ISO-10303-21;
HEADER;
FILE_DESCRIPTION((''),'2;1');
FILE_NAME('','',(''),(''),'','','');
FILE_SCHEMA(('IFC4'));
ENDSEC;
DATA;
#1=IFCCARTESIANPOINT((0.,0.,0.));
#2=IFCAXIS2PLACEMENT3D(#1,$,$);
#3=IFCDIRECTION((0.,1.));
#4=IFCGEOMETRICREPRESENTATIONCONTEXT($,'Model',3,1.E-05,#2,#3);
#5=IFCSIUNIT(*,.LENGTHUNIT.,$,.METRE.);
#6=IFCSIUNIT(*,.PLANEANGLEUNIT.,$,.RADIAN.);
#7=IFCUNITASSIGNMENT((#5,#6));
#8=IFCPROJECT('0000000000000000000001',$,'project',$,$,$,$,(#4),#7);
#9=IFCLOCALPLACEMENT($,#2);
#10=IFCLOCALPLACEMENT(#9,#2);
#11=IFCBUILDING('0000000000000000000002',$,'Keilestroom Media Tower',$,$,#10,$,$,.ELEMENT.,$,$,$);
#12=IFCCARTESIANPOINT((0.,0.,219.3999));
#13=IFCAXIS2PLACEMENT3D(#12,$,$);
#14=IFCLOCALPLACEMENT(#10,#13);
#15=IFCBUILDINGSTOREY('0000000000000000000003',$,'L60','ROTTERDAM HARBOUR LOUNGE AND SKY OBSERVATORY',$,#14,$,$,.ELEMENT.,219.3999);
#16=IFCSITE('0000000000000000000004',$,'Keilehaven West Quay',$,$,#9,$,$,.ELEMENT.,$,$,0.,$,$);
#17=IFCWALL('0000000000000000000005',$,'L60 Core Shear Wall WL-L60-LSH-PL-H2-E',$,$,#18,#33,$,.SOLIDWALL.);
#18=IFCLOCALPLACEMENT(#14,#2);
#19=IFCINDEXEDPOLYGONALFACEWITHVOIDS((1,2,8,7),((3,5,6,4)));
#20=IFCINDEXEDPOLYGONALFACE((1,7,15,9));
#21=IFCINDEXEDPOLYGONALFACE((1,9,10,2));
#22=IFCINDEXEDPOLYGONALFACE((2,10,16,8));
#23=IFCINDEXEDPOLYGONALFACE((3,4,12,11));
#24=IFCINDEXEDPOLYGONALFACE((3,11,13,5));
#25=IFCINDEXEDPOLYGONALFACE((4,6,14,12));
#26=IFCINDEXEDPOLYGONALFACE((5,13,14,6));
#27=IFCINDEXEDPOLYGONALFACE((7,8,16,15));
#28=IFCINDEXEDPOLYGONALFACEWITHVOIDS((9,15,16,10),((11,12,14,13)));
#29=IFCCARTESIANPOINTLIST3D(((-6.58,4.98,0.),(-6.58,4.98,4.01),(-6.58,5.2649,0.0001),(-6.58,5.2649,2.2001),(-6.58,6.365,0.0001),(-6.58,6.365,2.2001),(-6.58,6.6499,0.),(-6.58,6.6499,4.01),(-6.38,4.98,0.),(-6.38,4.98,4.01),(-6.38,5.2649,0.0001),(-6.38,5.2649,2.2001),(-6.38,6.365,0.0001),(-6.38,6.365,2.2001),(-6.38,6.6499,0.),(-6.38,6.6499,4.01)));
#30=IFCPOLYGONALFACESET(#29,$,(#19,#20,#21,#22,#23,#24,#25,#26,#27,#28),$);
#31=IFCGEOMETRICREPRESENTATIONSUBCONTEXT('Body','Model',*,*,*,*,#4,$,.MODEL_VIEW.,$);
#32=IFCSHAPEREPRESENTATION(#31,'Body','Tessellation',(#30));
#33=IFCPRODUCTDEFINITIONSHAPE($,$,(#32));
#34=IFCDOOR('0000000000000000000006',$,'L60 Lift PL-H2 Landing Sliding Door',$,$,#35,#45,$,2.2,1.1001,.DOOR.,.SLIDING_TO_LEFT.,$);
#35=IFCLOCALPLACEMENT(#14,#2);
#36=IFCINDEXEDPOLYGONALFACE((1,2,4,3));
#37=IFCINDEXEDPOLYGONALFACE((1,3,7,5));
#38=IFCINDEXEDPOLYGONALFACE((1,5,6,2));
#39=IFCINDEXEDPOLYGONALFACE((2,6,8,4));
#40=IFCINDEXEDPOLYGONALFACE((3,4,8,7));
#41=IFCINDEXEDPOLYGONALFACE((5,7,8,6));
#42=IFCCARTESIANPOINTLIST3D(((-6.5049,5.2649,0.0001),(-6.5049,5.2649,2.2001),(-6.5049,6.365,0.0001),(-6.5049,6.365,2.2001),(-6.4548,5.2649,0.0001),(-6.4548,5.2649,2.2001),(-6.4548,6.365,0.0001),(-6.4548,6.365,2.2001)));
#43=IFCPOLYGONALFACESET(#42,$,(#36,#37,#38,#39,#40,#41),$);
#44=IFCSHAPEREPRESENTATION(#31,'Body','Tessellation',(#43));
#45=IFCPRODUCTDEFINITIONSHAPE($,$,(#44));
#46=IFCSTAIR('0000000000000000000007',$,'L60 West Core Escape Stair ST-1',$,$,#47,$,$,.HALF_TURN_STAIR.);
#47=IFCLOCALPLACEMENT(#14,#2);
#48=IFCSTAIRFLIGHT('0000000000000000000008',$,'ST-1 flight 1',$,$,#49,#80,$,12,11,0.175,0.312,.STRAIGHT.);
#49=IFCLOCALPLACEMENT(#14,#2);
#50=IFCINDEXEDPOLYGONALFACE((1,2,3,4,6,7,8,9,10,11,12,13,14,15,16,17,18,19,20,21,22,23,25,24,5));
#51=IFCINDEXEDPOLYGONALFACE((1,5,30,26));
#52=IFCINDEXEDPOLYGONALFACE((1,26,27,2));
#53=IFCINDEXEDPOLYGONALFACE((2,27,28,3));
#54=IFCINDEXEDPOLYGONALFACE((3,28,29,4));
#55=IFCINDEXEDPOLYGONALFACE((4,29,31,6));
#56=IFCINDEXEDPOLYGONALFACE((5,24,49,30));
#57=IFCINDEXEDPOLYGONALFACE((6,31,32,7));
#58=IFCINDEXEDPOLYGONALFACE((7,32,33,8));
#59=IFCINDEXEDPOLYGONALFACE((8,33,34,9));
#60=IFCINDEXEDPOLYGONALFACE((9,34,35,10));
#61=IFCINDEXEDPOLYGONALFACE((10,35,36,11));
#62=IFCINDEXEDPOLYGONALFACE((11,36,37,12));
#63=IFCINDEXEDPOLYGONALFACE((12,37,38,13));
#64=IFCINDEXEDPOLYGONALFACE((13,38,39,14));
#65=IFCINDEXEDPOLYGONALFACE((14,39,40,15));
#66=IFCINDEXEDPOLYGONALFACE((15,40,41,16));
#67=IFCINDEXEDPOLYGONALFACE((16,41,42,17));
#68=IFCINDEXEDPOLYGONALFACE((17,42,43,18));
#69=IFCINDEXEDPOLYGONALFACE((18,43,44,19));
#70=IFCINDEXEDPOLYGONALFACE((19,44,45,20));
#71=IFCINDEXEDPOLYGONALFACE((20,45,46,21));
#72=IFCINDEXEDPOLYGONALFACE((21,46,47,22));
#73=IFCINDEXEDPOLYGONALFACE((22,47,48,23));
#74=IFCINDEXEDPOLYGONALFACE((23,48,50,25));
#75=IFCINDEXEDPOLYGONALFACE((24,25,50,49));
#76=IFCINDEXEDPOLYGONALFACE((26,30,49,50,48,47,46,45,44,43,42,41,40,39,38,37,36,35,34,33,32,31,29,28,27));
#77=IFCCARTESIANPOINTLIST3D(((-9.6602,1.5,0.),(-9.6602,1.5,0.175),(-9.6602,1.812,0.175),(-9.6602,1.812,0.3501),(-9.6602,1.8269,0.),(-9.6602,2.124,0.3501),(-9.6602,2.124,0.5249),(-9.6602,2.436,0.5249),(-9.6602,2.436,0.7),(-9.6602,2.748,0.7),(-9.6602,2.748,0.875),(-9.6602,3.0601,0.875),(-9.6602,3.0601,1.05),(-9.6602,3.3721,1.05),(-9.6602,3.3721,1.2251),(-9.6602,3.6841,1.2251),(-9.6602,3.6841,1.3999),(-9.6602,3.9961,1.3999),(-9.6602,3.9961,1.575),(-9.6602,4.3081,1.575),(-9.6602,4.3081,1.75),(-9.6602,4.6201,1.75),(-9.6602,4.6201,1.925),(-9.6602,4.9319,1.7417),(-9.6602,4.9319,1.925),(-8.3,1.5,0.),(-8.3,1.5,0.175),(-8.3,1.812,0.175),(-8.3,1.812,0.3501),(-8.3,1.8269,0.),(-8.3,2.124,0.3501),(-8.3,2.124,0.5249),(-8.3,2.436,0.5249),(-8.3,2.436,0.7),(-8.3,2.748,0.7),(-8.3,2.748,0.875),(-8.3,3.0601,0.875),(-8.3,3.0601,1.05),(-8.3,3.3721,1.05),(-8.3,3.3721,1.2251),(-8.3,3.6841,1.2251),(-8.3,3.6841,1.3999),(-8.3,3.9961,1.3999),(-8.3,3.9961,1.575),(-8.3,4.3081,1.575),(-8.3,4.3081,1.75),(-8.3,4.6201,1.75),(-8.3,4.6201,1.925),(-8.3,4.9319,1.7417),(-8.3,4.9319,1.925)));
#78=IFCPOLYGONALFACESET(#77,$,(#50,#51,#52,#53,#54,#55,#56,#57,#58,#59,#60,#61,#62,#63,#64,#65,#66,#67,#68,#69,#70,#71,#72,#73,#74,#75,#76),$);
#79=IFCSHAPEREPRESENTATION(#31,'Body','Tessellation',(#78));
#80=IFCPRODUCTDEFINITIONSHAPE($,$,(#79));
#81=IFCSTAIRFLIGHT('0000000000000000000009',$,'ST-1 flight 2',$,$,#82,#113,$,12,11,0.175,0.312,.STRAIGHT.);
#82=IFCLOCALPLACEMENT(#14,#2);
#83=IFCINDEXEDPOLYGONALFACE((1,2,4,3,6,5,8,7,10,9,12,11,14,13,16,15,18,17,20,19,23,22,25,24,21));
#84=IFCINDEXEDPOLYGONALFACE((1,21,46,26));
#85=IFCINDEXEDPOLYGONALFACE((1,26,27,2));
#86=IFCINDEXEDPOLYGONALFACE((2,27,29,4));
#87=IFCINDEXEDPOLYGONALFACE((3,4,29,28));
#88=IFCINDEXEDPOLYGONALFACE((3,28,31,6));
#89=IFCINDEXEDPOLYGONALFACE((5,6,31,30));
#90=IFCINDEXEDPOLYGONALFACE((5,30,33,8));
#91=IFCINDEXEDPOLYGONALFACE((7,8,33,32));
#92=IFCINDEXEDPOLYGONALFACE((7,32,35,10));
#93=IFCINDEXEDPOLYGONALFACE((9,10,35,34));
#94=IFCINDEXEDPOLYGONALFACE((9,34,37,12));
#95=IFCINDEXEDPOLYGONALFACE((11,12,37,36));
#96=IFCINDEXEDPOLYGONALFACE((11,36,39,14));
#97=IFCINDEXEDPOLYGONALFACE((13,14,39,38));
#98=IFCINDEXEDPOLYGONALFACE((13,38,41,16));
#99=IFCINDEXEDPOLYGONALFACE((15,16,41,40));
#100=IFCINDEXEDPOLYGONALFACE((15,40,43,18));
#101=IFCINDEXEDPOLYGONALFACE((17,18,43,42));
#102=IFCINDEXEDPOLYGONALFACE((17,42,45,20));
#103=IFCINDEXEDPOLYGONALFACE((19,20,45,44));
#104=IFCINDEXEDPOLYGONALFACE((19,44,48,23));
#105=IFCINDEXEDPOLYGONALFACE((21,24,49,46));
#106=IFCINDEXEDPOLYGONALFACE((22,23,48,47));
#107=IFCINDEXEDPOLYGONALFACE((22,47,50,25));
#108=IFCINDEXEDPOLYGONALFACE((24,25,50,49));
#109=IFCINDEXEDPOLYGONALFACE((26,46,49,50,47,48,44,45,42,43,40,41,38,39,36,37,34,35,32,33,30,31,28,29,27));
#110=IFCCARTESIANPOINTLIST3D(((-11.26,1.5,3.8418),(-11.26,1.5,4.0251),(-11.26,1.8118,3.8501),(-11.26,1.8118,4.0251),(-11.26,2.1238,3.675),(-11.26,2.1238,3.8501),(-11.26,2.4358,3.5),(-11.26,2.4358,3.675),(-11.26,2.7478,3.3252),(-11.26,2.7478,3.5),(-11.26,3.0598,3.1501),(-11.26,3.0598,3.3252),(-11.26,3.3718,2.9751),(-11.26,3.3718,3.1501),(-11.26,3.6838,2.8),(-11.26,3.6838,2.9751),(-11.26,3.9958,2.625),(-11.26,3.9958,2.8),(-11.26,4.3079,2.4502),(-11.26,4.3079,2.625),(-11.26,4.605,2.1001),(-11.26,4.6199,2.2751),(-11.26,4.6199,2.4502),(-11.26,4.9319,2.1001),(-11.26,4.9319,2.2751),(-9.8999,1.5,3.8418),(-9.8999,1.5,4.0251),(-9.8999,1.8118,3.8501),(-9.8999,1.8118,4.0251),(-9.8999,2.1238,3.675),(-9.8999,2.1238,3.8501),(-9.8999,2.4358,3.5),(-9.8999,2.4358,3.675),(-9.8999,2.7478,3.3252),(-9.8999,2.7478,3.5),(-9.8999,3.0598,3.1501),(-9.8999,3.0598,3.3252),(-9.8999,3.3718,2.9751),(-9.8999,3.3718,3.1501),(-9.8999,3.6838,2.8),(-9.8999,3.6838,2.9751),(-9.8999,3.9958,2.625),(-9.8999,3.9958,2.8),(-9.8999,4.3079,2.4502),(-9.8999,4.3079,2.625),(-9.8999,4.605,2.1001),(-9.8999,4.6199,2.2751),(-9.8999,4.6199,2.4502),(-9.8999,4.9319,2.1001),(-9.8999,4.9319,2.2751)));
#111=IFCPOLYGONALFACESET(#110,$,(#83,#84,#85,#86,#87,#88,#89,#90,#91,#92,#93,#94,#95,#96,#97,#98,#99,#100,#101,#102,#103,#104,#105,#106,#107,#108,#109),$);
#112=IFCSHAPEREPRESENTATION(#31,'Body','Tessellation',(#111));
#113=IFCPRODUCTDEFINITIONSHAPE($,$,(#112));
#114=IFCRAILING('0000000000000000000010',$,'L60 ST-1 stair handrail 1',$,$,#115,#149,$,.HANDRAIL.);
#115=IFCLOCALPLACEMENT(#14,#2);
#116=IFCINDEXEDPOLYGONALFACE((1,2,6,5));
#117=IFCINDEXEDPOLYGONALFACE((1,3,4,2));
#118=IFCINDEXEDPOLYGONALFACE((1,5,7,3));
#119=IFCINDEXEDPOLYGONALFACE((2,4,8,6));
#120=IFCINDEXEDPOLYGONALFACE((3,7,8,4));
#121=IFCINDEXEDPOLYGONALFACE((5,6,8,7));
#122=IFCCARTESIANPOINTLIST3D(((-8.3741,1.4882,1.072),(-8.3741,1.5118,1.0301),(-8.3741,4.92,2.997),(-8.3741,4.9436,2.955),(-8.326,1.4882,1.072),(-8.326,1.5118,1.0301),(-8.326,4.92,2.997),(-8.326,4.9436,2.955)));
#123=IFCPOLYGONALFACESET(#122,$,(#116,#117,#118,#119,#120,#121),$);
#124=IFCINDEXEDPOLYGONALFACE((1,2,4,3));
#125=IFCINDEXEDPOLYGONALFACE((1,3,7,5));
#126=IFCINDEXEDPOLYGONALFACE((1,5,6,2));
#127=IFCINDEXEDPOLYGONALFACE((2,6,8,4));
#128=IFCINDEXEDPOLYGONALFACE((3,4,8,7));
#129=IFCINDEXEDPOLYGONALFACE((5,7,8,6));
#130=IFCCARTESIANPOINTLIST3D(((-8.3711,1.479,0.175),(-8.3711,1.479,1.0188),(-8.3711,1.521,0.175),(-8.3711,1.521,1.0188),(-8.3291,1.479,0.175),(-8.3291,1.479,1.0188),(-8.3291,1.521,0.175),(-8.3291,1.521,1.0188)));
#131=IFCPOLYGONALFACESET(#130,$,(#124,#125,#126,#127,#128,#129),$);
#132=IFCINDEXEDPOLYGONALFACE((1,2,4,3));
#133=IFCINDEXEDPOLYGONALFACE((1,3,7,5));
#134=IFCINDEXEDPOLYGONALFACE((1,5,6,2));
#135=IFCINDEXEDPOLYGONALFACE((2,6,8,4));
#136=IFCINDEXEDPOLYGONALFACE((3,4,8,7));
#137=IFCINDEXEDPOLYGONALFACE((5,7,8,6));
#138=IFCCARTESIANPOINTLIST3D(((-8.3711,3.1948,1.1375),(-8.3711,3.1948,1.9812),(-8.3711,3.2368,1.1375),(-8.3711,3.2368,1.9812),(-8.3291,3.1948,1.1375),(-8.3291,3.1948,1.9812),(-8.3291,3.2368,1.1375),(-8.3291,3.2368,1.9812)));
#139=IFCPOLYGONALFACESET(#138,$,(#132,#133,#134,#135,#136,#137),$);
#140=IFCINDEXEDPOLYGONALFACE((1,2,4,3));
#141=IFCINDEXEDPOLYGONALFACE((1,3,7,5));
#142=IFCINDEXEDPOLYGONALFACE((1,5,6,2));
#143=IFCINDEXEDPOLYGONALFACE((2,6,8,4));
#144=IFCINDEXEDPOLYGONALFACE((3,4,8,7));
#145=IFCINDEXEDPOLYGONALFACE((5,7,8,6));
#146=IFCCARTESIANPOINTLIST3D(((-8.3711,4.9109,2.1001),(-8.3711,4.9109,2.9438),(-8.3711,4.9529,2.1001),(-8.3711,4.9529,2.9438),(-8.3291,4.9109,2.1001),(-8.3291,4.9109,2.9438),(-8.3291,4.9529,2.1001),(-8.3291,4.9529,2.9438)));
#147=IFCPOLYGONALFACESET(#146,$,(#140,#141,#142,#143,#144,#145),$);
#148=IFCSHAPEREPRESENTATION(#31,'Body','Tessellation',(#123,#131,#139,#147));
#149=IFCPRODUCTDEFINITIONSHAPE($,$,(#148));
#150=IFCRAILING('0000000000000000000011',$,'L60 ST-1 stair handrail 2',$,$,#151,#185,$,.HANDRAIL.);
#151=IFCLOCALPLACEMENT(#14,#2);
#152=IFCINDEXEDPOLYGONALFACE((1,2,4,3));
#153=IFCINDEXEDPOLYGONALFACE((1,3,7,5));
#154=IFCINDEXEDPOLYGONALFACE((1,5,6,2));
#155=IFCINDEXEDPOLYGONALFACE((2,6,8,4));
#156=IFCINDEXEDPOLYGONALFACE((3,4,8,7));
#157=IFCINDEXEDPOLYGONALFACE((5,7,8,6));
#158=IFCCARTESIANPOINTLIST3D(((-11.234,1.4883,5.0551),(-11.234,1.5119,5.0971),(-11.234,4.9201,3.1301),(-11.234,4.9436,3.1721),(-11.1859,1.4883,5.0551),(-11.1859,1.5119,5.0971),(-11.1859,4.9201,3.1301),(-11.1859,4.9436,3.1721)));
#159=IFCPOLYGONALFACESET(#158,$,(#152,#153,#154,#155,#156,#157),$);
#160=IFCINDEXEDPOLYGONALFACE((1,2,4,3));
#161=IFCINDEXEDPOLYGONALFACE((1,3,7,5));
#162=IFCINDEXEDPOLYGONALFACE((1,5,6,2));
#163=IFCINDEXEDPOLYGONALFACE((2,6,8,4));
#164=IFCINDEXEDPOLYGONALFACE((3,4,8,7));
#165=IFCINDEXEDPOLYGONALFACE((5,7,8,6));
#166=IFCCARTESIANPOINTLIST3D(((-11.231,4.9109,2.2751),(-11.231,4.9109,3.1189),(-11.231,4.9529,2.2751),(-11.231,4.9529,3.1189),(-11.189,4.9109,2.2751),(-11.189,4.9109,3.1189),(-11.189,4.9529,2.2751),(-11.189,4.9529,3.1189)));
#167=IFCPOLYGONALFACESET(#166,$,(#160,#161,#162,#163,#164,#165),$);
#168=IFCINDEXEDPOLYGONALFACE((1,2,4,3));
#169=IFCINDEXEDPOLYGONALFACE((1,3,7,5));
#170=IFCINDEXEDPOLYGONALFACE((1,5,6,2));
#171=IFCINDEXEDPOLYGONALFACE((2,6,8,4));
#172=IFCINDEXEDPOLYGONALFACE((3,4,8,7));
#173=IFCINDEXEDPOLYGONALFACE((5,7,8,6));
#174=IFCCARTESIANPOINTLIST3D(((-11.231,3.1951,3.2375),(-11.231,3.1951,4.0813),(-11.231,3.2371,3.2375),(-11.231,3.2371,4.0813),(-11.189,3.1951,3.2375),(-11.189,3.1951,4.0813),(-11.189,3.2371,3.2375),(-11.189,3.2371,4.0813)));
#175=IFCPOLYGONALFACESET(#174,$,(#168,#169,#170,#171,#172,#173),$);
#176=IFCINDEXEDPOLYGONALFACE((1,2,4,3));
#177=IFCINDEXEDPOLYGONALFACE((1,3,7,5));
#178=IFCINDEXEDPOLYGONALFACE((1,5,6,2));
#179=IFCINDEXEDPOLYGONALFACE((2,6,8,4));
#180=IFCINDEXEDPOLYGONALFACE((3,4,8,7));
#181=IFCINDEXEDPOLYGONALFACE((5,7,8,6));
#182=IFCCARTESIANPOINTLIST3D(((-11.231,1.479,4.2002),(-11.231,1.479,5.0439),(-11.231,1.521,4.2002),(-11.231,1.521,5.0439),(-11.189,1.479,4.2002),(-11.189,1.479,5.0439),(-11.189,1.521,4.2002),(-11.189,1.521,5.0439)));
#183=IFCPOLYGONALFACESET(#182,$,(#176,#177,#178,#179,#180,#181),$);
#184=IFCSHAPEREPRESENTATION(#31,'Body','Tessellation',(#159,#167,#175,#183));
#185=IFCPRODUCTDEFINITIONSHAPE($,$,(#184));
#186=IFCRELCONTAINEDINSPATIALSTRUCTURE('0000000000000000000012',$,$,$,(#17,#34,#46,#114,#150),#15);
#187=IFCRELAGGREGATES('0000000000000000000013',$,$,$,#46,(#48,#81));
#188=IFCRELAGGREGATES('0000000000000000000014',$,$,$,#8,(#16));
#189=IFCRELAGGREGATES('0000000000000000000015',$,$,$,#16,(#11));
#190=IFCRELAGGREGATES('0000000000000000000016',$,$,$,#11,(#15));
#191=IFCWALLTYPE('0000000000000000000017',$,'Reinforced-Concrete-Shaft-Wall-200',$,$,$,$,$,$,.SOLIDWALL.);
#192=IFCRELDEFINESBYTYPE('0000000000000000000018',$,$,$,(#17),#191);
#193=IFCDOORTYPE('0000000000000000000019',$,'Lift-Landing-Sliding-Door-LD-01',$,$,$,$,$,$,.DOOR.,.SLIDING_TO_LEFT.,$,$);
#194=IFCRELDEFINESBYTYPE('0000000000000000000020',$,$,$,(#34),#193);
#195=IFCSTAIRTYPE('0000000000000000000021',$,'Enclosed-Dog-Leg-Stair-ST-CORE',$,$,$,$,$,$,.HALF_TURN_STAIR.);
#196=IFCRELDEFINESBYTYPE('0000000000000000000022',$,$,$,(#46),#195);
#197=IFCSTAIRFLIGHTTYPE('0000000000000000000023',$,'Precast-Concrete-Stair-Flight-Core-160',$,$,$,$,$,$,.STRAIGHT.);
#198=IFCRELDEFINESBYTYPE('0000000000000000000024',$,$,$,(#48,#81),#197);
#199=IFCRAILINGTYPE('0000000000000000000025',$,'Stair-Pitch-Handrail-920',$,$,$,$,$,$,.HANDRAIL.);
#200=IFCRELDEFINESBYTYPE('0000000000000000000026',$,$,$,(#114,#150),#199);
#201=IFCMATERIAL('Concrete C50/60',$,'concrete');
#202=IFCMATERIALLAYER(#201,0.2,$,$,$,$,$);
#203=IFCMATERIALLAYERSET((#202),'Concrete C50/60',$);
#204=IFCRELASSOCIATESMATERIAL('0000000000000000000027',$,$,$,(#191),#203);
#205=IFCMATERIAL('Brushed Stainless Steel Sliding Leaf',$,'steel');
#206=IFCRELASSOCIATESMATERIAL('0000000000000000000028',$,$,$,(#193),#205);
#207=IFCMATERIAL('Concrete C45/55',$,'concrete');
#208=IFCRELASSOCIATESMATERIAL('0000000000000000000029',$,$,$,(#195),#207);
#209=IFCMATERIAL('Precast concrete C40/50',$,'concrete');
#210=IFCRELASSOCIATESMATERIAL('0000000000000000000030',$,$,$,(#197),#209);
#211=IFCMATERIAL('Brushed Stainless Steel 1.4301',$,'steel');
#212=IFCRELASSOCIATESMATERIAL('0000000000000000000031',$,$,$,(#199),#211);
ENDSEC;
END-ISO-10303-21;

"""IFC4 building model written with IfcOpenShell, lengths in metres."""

from ifc_helpers import new_model, si_unit, direction, frame, frame_2d, origin, origin_2d, place, context, subcontext, project, spatial, polyline, rectangle, outline, extrude, source, transform, mapped, material, layer, layer_set, type_object, element, fill, aggregate, save


model = new_model("IFC4")

# Units and contexts
model_context = context("Model", 3, precision=1e-05, world=origin(), true_north=direction((0.0, 1.0)))
body_context = subcontext(model_context, "Body", "Model", "MODEL_VIEW")
ifc_project = project(units=[si_unit("LENGTHUNIT", "METRE"), si_unit("PLANEANGLEUNIT", "RADIAN")], contexts=[model_context])

# Site, building, storey
site_placement = place(None, origin())
site = spatial("IfcSite", under=ifc_project, at=site_placement, Name="Keilehaven West Quay", CompositionType="ELEMENT", RefElevation=0.0)
building_placement = place(site_placement, origin())
building = spatial("IfcBuilding", under=site, at=building_placement, Name="Keilestroom Media Tower", CompositionType="ELEMENT")
storey_placement = place(building_placement, frame((0.0, 0.0, 219.3999)))
storey = spatial("IfcBuildingStorey", under=building, at=storey_placement, Name="L60", Description="ROTTERDAM HARBOUR LOUNGE AND SKY OBSERVATORY", CompositionType="ELEMENT", Elevation=219.3999)

# Shared definitions
ifc_material_1 = material(Name="Concrete C50/60", Category="concrete")
ifc_layer_1 = layer(ifc_material_1, 0.2)
ifc_layer_set_1 = layer_set([ifc_layer_1], Name="Concrete C50/60")
wall_type_1 = type_object("IfcWallType", Name="Reinforced-Concrete-Shaft-Wall-200", PredefinedType="SOLIDWALL", material=ifc_layer_set_1)

# Shared definitions
ifc_material_2 = material(Name="Brushed Stainless Steel Sliding Leaf", Category="steel")
door_type = type_object("IfcDoorType", Name="Lift-Landing-Sliding-Door-LD-01", OperationType="SLIDING_TO_LEFT", PredefinedType="DOOR", material=ifc_material_2)
shared_shape_1 = source(origin(), body_context, "Body", "SweptSolid", [
    extrude(rectangle(XDim=1.1001, YDim=2.2, at=frame_2d((0.55, 1.1001))), frame((0.0, 0.0249, 0.0), z_axis=(0.0, -1.0, 0.0), x_axis=(1.0, 0.0, 0.0)), (0.0, 0.0, 1.0), 0.05),
])

# Wall, opening, door
wall_1_placement = place(storey_placement, frame((-6.48, 4.98, 0.0), z_axis=(0.0, 0.0, 1.0), x_axis=(0.0, 1.0, 0.0)))
wall_1 = element("IfcWall", 1, at=wall_1_placement, inside=storey, type_object=wall_type_1, Name="L60 Core Shear Wall WL-L60-LSH-PL-H2-E", PredefinedType="SOLIDWALL", context=body_context, shape_type="SweptSolid", body=[
    extrude(rectangle(XDim=1.6699, YDim=0.2, at=frame_2d((0.835, 0.0))), origin(), (0.0, 0.0, 1.0), 4.01),
])
opening_1_placement = place(wall_1_placement, frame((0.2849, 0.0, 0.0)))
opening_1 = element("IfcOpeningElement", 2, at=opening_1_placement, cuts=wall_1, PredefinedType="OPENING", context=body_context, shape_type="SweptSolid", body=[
    extrude(rectangle(XDim=1.1001, YDim=2.2, at=frame_2d((0.55, 1.1001))), frame((0.0, 0.1099, 0.0), z_axis=(0.0, -1.0, 0.0), x_axis=(1.0, 0.0, 0.0)), (0.0, 0.0, 1.0), 0.22),
])
door_1_placement = place(opening_1_placement, origin())
door_1 = element("IfcDoor", 3, at=door_1_placement, inside=storey, type_object=door_type, Name="L60 Lift PL-H2 Landing Sliding Door", OperationType="SLIDING_TO_LEFT", OverallHeight=2.2, OverallWidth=1.1001, PredefinedType="DOOR", context=body_context, shape_type="MappedRepresentation", body=[
    mapped(shared_shape_1, transform((0.0, 0.0, 0.0), x_axis=(1.0, 0.0, 0.0), y_axis=(0.0, 1.0, 0.0), z_axis=(0.0, 0.0, 1.0), scale=1.0)),
])
fill(opening_1, door_1)

# Stair, stair flights
ifc_material_3 = material(Name="Concrete C45/55", Category="concrete")
stair_type = type_object("IfcStairType", Name="Enclosed-Dog-Leg-Stair-ST-CORE", PredefinedType="HALF_TURN_STAIR", material=ifc_material_3)
stair_placement = place(storey_placement, origin())
stair = element("IfcStair", 4, at=stair_placement, inside=storey, type_object=stair_type, Name="L60 West Core Escape Stair ST-1", PredefinedType="HALF_TURN_STAIR")
ifc_material_4 = material(Name="Precast concrete C40/50", Category="concrete")
stair_flight_type = type_object("IfcStairFlightType", Name="Precast-Concrete-Stair-Flight-Core-160", PredefinedType="STRAIGHT", material=ifc_material_4)
stair_flight_1_placement = place(storey_placement, frame((-8.98, 1.5, 0.0), z_axis=(0.0, 0.0, 1.0), x_axis=(0.0, 1.0, 0.0)))
stair_flight_1 = element("IfcStairFlight", 5, at=stair_flight_1_placement, type_object=stair_flight_type, Name="ST-1 flight 1", NumberOfRisers=12, NumberOfTreads=11, PredefinedType="STRAIGHT", RiserHeight=0.175, TreadLength=0.312, context=body_context, shape_type="SweptSolid", body=[
    extrude(outline(polyline([(0.0, 0.0), (0.0, 0.175), (0.312, 0.175), (0.312, 0.3501), (0.624, 0.3501), (0.624, 0.5249), (0.936, 0.5249), (0.936, 0.7), (1.248, 0.7), (1.248, 0.875), (1.5601, 0.875), (1.5601, 1.05), (1.8721, 1.05), (1.8721, 1.2251), (2.1841, 1.2251), (2.1841, 1.3999), (2.4961, 1.3999), (2.4961, 1.575), (2.8081, 1.575), (2.8081, 1.75), (3.1201, 1.75), (3.1201, 1.925), (3.4319, 1.925), (3.4319, 2.1001), (3.4319, 1.7417), (0.3269, 0.0), (0.0, 0.0)])), frame((0.0, 0.6802, 0.0), z_axis=(0.0, -1.0, 0.0), x_axis=(1.0, 0.0, 0.0)), (0.0, 0.0, 1.0), 1.3601),
])
stair_flight_2_placement = place(storey_placement, frame((-10.5801, 4.9319, 2.1001), z_axis=(0.0, 0.0, 1.0), x_axis=(0.0, -1.0, 0.0)))
stair_flight_2 = element("IfcStairFlight", 6, at=stair_flight_2_placement, type_object=stair_flight_type, Name="ST-1 flight 2", NumberOfRisers=12, NumberOfTreads=11, PredefinedType="STRAIGHT", RiserHeight=0.175, TreadLength=0.312, context=body_context, shape_type="SweptSolid", body=[
    extrude(outline(polyline([(0.0, 0.0), (0.0, 0.175), (0.312, 0.175), (0.312, 0.3501), (0.624, 0.3501), (0.624, 0.5249), (0.936, 0.5249), (0.936, 0.7), (1.248, 0.7), (1.248, 0.875), (1.5601, 0.875), (1.5601, 1.05), (1.8721, 1.05), (1.8721, 1.2251), (2.1841, 1.2251), (2.1841, 1.3999), (2.4961, 1.3999), (2.4961, 1.575), (2.8081, 1.575), (2.8081, 1.75), (3.1201, 1.75), (3.1201, 1.925), (3.4319, 1.925), (3.4319, 2.1001), (3.4319, 1.7417), (0.3269, 0.0), (0.0, 0.0)])), frame((0.0, 0.6802, 0.0), z_axis=(0.0, -1.0, 0.0), x_axis=(1.0, 0.0, 0.0)), (0.0, 0.0, 1.0), 1.3601),
])
aggregate(stair, [stair_flight_1, stair_flight_2])

# Railings
ifc_material_5 = material(Name="Brushed Stainless Steel 1.4301", Category="steel")
railing_type_1 = type_object("IfcRailingType", Name="Stair-Pitch-Handrail-920", PredefinedType="HANDRAIL", material=ifc_material_5)
railing_1_placement = place(storey_placement, frame((-8.3501, 1.5, 0.175)))
element("IfcRailing", 7, at=railing_1_placement, inside=storey, type_object=railing_type_1, Name="L60 ST-1 stair handrail 1", PredefinedType="HANDRAIL", context=body_context, shape_type="SweptSolid", body=[
    extrude(rectangle(XDim=0.0481, YDim=0.0481, at=origin_2d()), frame((0.0, 0.0, 0.876), z_axis=(0.0, 0.87216, 0.489221), x_axis=(-1.0, 0.0, 0.0)), (0.0, 0.0, 1.0), 3.9348),
    extrude(rectangle(XDim=0.042, YDim=0.042, at=origin_2d()), origin(), (0.0, 0.0, 1.0), 0.8438),
    extrude(rectangle(XDim=0.042, YDim=0.042, at=origin_2d()), frame((0.0, 1.7158, 0.9624)), (0.0, 0.0, 1.0), 0.8438),
    extrude(rectangle(XDim=0.042, YDim=0.042, at=origin_2d()), frame((0.0, 3.4319, 1.925)), (0.0, 0.0, 1.0), 0.8438),
])
railing_2_placement = place(storey_placement, frame((-11.21, 4.9319, 2.2751)))
element("IfcRailing", 8, at=railing_2_placement, inside=storey, type_object=railing_type_1, Name="L60 ST-1 stair handrail 2", PredefinedType="HANDRAIL", context=body_context, shape_type="SweptSolid", body=[
    extrude(rectangle(XDim=0.0481, YDim=0.0481, at=origin_2d()), frame((0.0, 0.0, 0.876), z_axis=(0.0, -0.87216, 0.489221), x_axis=(1.0, 0.0, 0.0)), (0.0, 0.0, 1.0), 3.9348),
    extrude(rectangle(XDim=0.042, YDim=0.042, at=origin_2d()), origin(), (0.0, 0.0, 1.0), 0.8438),
    extrude(rectangle(XDim=0.042, YDim=0.042, at=origin_2d()), frame((0.0, -1.7158, 0.9624)), (0.0, 0.0, 1.0), 0.8438),
    extrude(rectangle(XDim=0.042, YDim=0.042, at=origin_2d()), frame((0.0, -3.4319, 1.925)), (0.0, 0.0, 1.0), 0.8438),
])

save(model, "model.ifc")
